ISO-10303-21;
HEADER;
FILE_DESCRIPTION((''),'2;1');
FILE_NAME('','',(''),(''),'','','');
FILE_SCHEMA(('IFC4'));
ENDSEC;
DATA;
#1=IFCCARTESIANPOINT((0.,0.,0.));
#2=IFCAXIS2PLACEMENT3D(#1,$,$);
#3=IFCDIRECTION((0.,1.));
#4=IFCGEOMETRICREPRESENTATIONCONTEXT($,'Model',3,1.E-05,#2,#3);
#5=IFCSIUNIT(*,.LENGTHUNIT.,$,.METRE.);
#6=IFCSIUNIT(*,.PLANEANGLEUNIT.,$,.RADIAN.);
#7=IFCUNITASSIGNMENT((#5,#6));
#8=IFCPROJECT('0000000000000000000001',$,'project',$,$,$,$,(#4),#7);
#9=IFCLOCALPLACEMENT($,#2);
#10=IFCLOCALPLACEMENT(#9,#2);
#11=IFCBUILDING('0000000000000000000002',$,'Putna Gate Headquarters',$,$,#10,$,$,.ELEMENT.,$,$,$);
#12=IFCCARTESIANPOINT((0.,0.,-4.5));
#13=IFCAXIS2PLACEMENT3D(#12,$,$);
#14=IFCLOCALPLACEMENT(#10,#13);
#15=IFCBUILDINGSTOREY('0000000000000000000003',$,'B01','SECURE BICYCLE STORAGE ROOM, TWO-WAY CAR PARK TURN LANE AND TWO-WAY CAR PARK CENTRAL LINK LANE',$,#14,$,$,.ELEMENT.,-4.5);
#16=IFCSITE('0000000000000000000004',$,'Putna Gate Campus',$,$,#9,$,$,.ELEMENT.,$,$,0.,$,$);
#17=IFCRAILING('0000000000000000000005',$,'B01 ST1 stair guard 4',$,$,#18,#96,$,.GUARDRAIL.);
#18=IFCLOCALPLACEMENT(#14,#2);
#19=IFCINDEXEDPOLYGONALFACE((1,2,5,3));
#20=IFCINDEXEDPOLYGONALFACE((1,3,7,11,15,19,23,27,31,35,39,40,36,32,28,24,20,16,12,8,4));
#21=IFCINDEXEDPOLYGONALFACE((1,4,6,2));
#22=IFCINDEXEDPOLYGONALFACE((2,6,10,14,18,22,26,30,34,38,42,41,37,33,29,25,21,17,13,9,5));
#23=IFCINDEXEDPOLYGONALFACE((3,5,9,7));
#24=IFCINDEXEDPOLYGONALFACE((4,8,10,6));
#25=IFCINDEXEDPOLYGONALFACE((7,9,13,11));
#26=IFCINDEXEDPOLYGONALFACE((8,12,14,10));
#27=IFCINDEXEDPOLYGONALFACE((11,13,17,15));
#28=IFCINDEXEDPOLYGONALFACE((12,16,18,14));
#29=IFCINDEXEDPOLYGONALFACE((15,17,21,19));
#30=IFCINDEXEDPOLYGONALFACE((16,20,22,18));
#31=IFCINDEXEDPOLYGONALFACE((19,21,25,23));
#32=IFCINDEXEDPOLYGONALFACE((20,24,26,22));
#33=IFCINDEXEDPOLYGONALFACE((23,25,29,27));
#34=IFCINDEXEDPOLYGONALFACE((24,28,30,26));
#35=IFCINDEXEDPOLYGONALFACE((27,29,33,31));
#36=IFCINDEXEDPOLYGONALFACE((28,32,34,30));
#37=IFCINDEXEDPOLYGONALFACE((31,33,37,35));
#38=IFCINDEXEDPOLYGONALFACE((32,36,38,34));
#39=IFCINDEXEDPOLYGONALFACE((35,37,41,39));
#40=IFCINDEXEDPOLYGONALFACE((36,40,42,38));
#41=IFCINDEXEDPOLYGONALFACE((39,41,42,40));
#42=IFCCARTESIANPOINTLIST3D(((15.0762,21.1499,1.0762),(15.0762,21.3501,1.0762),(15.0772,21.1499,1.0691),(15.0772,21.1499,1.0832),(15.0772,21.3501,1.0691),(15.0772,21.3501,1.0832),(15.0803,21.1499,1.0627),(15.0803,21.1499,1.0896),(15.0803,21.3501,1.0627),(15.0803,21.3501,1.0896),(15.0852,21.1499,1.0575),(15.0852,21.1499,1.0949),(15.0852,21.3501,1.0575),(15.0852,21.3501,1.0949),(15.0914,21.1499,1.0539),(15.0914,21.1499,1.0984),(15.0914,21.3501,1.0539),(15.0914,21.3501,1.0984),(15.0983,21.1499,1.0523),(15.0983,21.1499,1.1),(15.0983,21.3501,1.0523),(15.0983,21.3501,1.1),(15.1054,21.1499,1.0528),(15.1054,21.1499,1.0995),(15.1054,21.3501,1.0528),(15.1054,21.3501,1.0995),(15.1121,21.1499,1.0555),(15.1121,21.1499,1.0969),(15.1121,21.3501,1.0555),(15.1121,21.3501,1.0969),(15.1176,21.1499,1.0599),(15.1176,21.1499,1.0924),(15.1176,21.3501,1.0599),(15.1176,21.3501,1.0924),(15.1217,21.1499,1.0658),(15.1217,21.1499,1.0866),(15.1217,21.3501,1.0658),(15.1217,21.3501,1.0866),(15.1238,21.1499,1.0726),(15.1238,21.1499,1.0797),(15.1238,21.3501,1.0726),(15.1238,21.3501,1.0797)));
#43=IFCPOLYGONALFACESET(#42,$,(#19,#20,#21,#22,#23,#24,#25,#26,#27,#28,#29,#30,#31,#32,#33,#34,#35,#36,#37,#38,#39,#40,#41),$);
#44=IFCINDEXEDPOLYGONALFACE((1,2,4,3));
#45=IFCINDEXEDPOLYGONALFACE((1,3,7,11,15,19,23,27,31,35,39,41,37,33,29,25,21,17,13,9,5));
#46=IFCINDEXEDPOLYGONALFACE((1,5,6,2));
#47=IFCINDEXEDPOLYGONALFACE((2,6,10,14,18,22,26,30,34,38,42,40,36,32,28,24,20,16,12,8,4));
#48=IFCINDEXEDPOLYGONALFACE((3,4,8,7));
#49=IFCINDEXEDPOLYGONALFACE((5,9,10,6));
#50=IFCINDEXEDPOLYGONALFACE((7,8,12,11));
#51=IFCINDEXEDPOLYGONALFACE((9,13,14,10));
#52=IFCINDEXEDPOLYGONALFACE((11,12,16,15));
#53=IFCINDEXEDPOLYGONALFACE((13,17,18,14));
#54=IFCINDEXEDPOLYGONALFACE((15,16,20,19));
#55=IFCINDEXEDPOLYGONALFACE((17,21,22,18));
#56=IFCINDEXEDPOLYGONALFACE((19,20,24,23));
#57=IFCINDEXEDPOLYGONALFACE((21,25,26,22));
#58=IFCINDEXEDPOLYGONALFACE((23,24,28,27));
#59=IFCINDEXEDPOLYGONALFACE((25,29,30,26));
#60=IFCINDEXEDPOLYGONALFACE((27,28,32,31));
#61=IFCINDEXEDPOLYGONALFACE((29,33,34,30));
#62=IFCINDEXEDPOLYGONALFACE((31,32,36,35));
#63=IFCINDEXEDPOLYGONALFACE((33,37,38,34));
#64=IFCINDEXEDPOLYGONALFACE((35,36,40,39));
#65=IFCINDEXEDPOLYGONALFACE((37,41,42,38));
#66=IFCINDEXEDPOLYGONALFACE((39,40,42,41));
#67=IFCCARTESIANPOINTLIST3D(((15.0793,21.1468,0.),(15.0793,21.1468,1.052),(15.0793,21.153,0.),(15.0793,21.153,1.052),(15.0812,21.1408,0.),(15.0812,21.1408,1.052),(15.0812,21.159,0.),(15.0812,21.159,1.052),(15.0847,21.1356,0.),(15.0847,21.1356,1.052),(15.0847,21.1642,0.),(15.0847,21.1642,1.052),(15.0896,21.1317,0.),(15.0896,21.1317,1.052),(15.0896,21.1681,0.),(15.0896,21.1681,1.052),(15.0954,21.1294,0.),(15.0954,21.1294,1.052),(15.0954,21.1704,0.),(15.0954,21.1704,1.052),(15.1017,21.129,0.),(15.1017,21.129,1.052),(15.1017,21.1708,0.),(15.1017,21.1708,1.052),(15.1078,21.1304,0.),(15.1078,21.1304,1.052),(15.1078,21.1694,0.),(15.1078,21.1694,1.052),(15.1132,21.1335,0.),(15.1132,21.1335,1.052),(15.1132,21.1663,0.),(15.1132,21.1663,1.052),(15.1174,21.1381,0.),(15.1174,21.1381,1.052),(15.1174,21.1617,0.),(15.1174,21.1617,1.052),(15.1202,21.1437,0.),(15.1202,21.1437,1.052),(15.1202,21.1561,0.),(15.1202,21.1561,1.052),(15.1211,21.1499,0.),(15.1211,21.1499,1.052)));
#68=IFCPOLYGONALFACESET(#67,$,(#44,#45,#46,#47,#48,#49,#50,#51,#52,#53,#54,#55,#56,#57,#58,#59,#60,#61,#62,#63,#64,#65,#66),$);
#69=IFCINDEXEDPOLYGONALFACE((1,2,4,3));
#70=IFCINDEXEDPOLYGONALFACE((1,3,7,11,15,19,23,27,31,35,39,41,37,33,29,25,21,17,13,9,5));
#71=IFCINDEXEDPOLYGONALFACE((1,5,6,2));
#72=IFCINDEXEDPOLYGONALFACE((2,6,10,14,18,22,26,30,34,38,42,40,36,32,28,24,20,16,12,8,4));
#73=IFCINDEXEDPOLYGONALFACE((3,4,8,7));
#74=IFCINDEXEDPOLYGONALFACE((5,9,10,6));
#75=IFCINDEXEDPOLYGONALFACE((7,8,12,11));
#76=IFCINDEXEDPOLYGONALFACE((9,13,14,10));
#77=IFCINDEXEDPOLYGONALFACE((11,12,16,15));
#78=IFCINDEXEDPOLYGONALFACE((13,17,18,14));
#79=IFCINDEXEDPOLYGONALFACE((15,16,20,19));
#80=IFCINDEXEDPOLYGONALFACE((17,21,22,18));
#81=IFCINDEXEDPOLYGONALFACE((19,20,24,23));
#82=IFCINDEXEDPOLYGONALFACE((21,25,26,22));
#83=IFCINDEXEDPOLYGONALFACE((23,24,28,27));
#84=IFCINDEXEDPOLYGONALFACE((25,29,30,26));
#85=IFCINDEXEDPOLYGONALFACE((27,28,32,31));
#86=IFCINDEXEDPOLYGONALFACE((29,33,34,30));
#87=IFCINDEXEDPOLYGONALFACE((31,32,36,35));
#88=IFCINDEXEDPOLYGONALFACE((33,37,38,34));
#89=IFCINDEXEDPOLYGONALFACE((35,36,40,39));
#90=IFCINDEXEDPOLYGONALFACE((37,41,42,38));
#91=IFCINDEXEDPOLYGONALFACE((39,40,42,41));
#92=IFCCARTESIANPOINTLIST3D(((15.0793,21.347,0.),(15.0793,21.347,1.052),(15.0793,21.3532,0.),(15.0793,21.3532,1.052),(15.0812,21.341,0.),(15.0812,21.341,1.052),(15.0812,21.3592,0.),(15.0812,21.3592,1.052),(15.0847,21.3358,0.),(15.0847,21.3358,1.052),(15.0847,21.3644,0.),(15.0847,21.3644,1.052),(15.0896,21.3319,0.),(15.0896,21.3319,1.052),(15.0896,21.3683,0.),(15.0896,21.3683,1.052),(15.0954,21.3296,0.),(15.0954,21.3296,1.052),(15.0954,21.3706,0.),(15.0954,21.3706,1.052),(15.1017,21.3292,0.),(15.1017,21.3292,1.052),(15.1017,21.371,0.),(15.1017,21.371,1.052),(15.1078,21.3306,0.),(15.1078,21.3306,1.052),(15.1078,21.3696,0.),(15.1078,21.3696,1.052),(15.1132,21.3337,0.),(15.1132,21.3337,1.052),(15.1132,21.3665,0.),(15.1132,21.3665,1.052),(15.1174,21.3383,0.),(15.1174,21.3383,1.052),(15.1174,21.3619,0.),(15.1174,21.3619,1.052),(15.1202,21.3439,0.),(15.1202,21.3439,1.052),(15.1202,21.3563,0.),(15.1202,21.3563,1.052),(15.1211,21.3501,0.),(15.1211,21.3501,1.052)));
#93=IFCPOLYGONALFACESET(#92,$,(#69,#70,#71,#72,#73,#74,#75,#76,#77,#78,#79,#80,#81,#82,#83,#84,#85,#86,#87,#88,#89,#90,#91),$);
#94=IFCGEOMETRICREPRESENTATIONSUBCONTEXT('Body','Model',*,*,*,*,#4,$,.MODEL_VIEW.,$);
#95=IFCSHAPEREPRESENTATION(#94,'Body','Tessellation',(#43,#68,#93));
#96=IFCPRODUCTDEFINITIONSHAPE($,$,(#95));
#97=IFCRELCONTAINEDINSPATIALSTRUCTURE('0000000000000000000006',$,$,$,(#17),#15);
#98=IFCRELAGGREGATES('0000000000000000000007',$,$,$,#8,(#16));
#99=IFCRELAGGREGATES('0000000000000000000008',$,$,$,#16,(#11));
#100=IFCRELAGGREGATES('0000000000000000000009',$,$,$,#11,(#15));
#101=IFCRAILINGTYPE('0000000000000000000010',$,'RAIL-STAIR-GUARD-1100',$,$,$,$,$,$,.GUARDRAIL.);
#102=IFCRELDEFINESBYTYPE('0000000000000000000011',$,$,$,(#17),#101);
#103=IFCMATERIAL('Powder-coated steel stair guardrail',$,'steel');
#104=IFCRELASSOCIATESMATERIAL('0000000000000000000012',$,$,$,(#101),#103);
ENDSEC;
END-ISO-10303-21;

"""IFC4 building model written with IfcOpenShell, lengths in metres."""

from ifc_helpers import new_model, si_unit, direction, frame, origin, origin_2d, place, context, subcontext, project, spatial, circle, extrude, material, type_object, element, save


model = new_model("IFC4")

# Units and contexts
model_context = context("Model", 3, precision=1e-05, world=origin(), true_north=direction((0.0, 1.0)))
body_context = subcontext(model_context, "Body", "Model", "MODEL_VIEW")
ifc_project = project(units=[si_unit("LENGTHUNIT", "METRE"), si_unit("PLANEANGLEUNIT", "RADIAN")], contexts=[model_context])

# Site, building, storey
site_placement = place(None, origin())
site = spatial("IfcSite", under=ifc_project, at=site_placement, Name="Putna Gate Campus", CompositionType="ELEMENT", RefElevation=0.0)
building_placement = place(site_placement, origin())
building = spatial("IfcBuilding", under=site, at=building_placement, Name="Putna Gate Headquarters", CompositionType="ELEMENT")
storey_placement = place(building_placement, frame((0.0, 0.0, -4.5)))
storey = spatial("IfcBuildingStorey", under=building, at=storey_placement, Name="B01", Description="SECURE BICYCLE STORAGE ROOM, TWO-WAY CAR PARK TURN LANE AND TWO-WAY CAR PARK CENTRAL LINK LANE", CompositionType="ELEMENT", Elevation=-4.5)

# Railing
ifc_material_1 = material(Name="Powder-coated steel stair guardrail", Category="steel")
railing_type_1 = type_object("IfcRailingType", Name="RAIL-STAIR-GUARD-1100", PredefinedType="GUARDRAIL", material=ifc_material_1)
railing_1_placement = place(storey_placement, frame((15.1001, 21.1499, 0.0)))
element("IfcRailing", 1, at=railing_1_placement, inside=storey, type_object=railing_type_1, Name="B01 ST1 stair guard 4", PredefinedType="GUARDRAIL", context=body_context, shape_type="SweptSolid", body=[
    extrude(circle(Radius=0.0239, at=origin_2d()), frame((0.0, 0.0, 1.0762), z_axis=(0.0, 1.0, 0.0), x_axis=(-1.0, 0.0, 0.0)), (0.0, 0.0, 1.0), 0.2002),
    extrude(circle(Radius=0.021, at=origin_2d()), origin(), (0.0, 0.0, 1.0), 1.052),
    extrude(circle(Radius=0.021, at=origin_2d()), frame((0.0, 0.2002, 0.0)), (0.0, 0.0, 1.0), 1.052),
])

save(model, "model.ifc")
